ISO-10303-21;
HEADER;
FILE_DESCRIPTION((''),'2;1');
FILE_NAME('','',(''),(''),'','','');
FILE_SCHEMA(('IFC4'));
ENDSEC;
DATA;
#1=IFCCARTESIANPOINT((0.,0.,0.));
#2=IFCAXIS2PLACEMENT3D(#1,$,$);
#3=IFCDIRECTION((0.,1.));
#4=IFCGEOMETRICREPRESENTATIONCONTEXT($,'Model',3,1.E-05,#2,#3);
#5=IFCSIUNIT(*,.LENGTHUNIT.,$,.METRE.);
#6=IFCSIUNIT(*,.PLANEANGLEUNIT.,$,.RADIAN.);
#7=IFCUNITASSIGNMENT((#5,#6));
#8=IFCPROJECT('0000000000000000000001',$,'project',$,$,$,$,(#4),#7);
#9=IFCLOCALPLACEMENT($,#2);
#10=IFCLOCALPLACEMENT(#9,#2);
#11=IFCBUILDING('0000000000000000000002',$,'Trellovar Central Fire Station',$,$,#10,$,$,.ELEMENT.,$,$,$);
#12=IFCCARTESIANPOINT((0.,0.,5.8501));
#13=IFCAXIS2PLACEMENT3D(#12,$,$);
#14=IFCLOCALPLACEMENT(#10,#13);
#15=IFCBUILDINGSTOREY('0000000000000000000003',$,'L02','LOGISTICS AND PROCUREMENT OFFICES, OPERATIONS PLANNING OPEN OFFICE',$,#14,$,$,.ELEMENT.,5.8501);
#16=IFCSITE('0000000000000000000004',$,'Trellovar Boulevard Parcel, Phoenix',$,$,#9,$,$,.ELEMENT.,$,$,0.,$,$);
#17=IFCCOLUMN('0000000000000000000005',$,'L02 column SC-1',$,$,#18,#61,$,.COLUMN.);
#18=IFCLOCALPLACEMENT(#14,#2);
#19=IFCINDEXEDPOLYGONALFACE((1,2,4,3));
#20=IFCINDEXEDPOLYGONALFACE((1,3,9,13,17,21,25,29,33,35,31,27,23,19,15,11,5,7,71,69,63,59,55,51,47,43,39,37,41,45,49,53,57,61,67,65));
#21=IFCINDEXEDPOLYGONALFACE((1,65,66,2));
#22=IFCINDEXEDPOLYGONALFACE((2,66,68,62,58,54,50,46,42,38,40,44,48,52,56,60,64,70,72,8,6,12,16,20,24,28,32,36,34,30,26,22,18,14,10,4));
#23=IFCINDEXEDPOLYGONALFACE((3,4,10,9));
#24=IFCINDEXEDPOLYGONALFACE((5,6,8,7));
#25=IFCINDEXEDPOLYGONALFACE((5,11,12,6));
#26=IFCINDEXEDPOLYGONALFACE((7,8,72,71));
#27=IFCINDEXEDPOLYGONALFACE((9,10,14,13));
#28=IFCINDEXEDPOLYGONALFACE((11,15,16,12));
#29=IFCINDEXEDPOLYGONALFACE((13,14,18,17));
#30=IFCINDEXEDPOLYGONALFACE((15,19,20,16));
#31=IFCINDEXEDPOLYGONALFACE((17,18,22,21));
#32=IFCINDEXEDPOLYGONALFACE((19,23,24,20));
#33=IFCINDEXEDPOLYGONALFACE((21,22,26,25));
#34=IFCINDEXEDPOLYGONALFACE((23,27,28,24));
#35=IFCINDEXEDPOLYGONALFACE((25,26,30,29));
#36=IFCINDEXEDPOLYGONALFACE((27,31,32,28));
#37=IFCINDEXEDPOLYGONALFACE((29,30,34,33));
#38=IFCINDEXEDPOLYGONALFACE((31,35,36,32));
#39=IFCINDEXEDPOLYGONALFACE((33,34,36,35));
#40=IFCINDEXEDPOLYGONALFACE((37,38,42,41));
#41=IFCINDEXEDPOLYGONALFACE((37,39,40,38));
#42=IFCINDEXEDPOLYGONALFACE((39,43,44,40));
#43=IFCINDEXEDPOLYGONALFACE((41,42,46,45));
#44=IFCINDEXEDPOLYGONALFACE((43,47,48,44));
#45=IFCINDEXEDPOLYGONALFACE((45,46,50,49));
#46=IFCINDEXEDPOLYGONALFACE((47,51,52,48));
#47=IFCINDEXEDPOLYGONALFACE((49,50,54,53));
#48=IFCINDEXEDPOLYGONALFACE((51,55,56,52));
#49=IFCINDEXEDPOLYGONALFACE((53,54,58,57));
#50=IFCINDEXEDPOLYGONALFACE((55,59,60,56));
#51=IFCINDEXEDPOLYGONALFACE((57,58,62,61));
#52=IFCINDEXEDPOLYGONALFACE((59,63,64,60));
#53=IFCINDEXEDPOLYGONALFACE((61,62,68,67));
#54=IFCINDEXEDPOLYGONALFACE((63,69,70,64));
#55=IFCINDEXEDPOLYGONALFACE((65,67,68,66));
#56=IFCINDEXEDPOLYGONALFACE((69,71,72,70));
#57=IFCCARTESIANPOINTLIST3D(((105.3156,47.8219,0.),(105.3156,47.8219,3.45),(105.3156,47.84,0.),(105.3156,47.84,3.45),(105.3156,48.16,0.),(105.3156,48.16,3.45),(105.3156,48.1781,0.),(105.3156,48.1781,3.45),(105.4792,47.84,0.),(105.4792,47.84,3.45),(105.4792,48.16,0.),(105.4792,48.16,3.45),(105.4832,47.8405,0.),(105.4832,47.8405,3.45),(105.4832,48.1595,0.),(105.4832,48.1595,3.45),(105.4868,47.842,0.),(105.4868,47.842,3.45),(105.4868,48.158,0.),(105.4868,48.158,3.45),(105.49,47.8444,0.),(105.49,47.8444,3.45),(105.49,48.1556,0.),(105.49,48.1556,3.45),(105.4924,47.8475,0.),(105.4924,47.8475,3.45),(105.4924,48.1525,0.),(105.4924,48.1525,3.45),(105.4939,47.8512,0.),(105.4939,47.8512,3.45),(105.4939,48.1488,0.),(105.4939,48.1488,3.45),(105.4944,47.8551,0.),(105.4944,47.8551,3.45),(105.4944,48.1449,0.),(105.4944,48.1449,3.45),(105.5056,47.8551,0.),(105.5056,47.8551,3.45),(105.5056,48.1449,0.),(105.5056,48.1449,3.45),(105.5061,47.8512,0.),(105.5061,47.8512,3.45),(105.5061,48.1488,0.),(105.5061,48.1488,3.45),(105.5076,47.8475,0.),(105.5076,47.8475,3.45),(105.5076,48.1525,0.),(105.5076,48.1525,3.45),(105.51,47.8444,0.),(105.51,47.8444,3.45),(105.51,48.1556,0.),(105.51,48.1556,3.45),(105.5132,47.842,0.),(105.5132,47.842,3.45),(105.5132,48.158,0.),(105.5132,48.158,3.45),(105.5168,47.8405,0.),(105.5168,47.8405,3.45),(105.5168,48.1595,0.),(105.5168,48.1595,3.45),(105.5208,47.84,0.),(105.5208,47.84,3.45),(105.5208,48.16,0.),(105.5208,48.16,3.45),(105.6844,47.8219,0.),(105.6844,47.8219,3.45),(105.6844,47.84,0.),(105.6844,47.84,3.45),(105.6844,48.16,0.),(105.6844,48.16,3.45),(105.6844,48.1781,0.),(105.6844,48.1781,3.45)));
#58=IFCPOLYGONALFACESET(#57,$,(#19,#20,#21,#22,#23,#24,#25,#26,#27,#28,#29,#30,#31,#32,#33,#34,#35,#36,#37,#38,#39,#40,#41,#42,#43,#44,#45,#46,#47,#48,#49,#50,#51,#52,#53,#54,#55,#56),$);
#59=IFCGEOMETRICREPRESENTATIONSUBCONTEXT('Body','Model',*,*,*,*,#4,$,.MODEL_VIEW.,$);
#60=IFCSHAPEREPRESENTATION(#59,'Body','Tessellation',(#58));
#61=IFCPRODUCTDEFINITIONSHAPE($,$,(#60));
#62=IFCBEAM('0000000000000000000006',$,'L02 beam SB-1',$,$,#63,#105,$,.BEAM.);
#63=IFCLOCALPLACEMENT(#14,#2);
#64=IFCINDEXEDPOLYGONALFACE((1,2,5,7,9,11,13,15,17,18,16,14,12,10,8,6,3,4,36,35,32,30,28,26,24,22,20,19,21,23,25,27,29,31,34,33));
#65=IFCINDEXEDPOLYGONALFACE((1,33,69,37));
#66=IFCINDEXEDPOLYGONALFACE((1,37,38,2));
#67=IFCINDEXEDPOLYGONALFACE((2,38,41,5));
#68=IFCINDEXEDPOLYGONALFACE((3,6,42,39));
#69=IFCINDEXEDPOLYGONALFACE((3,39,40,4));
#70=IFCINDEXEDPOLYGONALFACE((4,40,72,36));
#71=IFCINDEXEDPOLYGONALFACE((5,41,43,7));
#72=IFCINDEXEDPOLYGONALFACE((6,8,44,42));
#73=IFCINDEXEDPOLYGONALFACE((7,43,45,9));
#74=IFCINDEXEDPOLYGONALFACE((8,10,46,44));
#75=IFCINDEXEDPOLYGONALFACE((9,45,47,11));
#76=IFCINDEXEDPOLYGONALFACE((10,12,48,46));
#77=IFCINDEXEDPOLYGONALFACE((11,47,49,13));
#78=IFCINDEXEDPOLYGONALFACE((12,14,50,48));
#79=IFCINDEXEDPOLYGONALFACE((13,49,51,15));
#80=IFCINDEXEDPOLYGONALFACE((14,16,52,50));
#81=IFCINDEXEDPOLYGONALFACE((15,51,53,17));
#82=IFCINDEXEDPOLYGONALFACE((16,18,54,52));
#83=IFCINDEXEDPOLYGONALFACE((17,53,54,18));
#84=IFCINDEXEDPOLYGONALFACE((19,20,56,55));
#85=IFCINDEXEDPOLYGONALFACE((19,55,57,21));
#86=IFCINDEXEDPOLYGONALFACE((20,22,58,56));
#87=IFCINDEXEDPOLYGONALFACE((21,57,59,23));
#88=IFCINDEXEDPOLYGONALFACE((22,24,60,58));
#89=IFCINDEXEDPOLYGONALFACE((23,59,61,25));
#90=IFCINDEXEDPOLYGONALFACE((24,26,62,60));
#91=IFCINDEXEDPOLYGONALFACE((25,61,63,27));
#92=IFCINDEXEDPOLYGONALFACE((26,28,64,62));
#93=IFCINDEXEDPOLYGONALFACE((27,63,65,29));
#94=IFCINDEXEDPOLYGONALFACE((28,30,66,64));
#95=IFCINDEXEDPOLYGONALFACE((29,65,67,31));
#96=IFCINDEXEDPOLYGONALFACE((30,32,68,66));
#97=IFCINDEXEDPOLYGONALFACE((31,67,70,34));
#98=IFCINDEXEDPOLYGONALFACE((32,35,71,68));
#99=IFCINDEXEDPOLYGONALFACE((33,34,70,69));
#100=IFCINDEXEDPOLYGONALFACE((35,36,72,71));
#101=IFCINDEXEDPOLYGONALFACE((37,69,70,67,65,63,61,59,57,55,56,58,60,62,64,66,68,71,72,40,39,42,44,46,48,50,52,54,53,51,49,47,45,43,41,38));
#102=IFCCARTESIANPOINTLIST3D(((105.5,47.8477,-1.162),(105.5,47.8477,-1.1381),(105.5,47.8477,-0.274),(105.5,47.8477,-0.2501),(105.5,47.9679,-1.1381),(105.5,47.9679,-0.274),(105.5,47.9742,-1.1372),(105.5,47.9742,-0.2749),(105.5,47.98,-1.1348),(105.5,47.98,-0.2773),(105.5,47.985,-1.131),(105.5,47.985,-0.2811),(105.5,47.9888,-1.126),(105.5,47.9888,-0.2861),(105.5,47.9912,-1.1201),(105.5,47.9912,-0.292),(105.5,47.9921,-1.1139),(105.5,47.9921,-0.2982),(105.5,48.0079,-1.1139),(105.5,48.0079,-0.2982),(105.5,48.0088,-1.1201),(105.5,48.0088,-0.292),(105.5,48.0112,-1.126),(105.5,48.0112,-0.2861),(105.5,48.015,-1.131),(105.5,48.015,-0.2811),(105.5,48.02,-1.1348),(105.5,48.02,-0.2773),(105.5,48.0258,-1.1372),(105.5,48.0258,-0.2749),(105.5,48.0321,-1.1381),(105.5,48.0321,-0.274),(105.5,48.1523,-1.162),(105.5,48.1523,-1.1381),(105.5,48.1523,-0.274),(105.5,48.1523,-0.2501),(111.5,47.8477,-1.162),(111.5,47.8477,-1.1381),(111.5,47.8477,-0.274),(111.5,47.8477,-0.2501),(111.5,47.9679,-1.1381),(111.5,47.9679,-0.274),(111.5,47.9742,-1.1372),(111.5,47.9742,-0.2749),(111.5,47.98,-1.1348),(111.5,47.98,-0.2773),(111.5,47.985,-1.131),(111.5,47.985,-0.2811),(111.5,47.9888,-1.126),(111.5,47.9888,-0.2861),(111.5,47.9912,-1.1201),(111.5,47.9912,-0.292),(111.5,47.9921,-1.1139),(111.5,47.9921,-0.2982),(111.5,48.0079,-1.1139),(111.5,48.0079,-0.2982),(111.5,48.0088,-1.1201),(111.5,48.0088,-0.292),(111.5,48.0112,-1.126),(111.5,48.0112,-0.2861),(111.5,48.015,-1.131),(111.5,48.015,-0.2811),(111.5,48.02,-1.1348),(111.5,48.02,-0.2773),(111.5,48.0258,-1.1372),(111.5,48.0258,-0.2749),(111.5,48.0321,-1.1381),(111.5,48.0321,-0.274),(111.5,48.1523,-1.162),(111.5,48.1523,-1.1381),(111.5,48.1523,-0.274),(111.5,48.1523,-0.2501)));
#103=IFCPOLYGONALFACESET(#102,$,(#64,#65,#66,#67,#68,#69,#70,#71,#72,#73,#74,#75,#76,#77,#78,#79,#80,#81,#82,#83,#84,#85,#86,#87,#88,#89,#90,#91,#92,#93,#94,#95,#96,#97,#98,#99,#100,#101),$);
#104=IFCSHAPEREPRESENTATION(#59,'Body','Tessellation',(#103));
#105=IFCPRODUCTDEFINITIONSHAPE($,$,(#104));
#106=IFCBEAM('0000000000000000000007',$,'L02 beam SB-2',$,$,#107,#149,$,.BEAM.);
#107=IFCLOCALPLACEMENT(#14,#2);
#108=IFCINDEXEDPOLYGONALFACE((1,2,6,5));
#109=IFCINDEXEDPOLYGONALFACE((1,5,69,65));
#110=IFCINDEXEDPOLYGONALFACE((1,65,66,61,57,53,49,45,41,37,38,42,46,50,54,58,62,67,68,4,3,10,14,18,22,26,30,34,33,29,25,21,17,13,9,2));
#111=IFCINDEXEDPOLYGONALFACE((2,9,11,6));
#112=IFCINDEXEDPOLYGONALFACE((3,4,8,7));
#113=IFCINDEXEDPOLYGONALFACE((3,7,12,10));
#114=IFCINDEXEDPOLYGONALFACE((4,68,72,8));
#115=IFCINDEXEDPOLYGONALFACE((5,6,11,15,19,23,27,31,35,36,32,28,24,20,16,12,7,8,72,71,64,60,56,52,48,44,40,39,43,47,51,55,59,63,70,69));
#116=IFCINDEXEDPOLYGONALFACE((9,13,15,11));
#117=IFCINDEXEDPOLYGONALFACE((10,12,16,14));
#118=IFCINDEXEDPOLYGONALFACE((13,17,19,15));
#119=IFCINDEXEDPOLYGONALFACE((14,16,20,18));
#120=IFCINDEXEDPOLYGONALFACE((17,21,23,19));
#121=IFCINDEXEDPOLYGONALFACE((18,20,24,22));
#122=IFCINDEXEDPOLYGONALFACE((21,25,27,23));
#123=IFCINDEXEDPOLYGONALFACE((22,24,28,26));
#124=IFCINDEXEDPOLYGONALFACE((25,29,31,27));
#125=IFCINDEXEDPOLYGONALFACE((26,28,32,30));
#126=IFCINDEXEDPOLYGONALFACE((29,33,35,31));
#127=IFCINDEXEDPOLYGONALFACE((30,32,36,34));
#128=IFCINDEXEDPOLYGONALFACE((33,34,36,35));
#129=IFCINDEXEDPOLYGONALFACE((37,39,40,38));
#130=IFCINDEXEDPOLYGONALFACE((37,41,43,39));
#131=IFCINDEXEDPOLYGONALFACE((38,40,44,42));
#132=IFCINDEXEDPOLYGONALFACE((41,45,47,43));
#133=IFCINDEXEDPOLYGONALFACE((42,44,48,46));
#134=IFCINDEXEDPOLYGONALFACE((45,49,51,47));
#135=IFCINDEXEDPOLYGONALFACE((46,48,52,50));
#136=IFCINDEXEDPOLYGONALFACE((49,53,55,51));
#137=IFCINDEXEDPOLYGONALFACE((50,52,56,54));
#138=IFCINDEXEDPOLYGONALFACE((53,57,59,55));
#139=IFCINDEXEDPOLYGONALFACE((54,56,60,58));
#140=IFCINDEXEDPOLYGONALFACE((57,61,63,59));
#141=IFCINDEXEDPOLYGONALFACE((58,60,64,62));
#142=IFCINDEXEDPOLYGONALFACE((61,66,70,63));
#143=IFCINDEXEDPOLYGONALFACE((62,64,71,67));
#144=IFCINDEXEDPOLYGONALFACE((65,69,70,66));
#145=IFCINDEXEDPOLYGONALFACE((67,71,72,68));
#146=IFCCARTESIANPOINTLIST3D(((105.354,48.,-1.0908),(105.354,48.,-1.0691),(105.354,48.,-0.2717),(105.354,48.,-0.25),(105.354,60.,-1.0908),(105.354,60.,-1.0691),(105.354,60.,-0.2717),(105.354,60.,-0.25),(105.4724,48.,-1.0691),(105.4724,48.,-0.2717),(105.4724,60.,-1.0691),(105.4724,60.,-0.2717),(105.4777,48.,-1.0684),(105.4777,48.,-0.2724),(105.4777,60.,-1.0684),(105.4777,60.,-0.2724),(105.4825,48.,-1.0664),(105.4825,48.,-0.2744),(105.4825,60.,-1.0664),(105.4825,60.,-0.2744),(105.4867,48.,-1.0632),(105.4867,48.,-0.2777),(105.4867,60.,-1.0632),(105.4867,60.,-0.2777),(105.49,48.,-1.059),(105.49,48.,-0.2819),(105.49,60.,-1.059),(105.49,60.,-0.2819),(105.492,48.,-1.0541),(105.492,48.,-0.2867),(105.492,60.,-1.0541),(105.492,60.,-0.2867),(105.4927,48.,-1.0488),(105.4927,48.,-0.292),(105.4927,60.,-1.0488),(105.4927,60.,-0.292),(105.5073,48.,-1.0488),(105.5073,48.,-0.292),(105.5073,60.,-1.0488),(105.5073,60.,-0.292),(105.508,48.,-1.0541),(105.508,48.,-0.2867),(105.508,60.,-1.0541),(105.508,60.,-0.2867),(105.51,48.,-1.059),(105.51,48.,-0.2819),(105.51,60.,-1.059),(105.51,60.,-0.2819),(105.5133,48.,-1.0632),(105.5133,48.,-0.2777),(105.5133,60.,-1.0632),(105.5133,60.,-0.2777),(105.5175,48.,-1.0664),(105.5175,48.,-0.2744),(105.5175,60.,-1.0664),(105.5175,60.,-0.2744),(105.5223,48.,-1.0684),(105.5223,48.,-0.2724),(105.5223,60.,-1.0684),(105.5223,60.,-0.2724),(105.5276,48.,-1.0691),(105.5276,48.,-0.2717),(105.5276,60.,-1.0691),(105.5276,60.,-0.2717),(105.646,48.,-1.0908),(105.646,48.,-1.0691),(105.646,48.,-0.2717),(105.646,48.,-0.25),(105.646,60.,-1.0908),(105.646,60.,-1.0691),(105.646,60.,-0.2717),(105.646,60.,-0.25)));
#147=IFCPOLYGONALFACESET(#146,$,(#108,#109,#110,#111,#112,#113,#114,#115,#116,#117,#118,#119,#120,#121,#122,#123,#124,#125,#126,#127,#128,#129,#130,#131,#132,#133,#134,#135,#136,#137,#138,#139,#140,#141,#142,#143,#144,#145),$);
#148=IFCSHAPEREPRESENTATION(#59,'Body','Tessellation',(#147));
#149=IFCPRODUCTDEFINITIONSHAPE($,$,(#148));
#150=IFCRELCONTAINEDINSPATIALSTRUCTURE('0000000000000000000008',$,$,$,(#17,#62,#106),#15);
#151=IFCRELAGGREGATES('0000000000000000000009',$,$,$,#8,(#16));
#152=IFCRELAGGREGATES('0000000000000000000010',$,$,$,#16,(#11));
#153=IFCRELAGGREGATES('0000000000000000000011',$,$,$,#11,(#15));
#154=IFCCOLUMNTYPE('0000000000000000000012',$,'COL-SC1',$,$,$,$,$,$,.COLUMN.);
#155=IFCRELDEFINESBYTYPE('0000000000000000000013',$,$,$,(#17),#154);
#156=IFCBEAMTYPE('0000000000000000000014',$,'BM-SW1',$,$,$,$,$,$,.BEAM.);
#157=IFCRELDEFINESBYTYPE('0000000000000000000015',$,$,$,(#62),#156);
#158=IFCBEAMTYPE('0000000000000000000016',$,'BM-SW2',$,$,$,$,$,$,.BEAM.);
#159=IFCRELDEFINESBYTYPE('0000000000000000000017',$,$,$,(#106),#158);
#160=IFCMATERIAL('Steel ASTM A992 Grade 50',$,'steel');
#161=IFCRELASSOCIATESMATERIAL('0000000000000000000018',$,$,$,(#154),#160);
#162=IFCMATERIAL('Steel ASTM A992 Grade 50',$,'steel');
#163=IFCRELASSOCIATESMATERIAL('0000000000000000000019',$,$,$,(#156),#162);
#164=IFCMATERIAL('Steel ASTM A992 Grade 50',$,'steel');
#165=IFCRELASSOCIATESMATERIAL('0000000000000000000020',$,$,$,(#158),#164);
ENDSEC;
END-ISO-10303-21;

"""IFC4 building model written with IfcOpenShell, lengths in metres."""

from ifc_helpers import new_model, si_unit, direction, frame, origin, origin_2d, place, context, subcontext, project, spatial, i_section, extrude, material, material_profile, profile_set, type_object, element, save


model = new_model("IFC4")

# Units and contexts
model_context = context("Model", 3, precision=1e-05, world=origin(), true_north=direction((0.0, 1.0)))
body_context = subcontext(model_context, "Body", "Model", "MODEL_VIEW")
ifc_project = project(units=[si_unit("LENGTHUNIT", "METRE"), si_unit("PLANEANGLEUNIT", "RADIAN")], contexts=[model_context])

# Site, building, storey
site_placement = place(None, origin())
site = spatial("IfcSite", under=ifc_project, at=site_placement, Name="Trellovar Boulevard Parcel, Phoenix", CompositionType="ELEMENT", RefElevation=0.0)
building_placement = place(site_placement, origin())
building = spatial("IfcBuilding", under=site, at=building_placement, Name="Trellovar Central Fire Station", CompositionType="ELEMENT")
storey_placement = place(building_placement, frame((0.0, 0.0, 5.8501)))
storey = spatial("IfcBuildingStorey", under=building, at=storey_placement, Name="L02", Description="LOGISTICS AND PROCUREMENT OFFICES, OPERATIONS PLANNING OPEN OFFICE", CompositionType="ELEMENT", Elevation=5.8501)

# Column
ifc_material_1 = material(Name="Steel ASTM A992 Grade 50", Category="steel")
ifc_material_profile_1 = material_profile(ifc_material_1, i_section(OverallWidth=0.3689, OverallDepth=0.3562, WebThickness=0.0112, FlangeThickness=0.0181, FilletRadius=0.0151, at=origin_2d()), Name="W14X90")
ifc_profile_set_1 = profile_set([ifc_material_profile_1], Name="Steel ASTM A992 Grade 50")
column_type = type_object("IfcColumnType", Name="COL-SC1", PredefinedType="COLUMN", material=ifc_profile_set_1)
column_placement = place(storey_placement, frame((105.5, 48.0, 0.0), z_axis=(0.0, 0.0, 1.0), x_axis=(1.0, 0.0, 0.0)))
element("IfcColumn", 1, at=column_placement, inside=storey, type_object=column_type, Name="L02 column SC-1", PredefinedType="COLUMN", context=body_context, shape_type="SweptSolid", body=[
    extrude(i_section(OverallWidth=0.3689, OverallDepth=0.3562, WebThickness=0.0112, FlangeThickness=0.0181, FilletRadius=0.0151, at=origin_2d()), origin(), (0.0, 0.0, 1.0), 3.45),
])

# Beams
ifc_material_2 = material(Name="Steel ASTM A992 Grade 50", Category="steel")
ifc_material_profile_2 = material_profile(ifc_material_2, i_section(OverallWidth=0.3047, OverallDepth=0.9119, WebThickness=0.0159, FlangeThickness=0.0239, FilletRadius=0.0242, at=origin_2d()), Name="W36X150")
ifc_profile_set_2 = profile_set([ifc_material_profile_2], Name="Steel ASTM A992 Grade 50")
beam_type_1 = type_object("IfcBeamType", Name="BM-SW1", PredefinedType="BEAM", material=ifc_profile_set_2)
beam_1_placement = place(storey_placement, frame((105.5, 48.0, -0.7061), z_axis=(1.0, 0.0, 0.0), x_axis=(0.0, 1.0, 0.0)))
element("IfcBeam", 2, at=beam_1_placement, inside=storey, type_object=beam_type_1, Name="L02 beam SB-1", PredefinedType="BEAM", context=body_context, shape_type="SweptSolid", body=[
    extrude(i_section(OverallWidth=0.3047, OverallDepth=0.9119, WebThickness=0.0159, FlangeThickness=0.0239, FilletRadius=0.0242, at=origin_2d()), origin(), (0.0, 0.0, 1.0), 6.0),
])
ifc_material_3 = material(Name="Steel ASTM A992 Grade 50", Category="steel")
ifc_material_profile_3 = material_profile(ifc_material_3, i_section(OverallWidth=0.292, OverallDepth=0.8408, WebThickness=0.0146, FlangeThickness=0.0217, FilletRadius=0.0203, at=origin_2d()), Name="W33X130")
ifc_profile_set_3 = profile_set([ifc_material_profile_3], Name="Steel ASTM A992 Grade 50")
beam_type_2 = type_object("IfcBeamType", Name="BM-SW2", PredefinedType="BEAM", material=ifc_profile_set_3)
beam_2_placement = place(storey_placement, frame((105.5, 48.0, -0.6704), z_axis=(0.0, 1.0, 0.0), x_axis=(-1.0, 0.0, 0.0)))
element("IfcBeam", 3, at=beam_2_placement, inside=storey, type_object=beam_type_2, Name="L02 beam SB-2", PredefinedType="BEAM", context=body_context, shape_type="SweptSolid", body=[
    extrude(i_section(OverallWidth=0.292, OverallDepth=0.8408, WebThickness=0.0146, FlangeThickness=0.0217, FilletRadius=0.0203, at=origin_2d()), origin(), (0.0, 0.0, 1.0), 12.0),
])

save(model, "model.ifc")
